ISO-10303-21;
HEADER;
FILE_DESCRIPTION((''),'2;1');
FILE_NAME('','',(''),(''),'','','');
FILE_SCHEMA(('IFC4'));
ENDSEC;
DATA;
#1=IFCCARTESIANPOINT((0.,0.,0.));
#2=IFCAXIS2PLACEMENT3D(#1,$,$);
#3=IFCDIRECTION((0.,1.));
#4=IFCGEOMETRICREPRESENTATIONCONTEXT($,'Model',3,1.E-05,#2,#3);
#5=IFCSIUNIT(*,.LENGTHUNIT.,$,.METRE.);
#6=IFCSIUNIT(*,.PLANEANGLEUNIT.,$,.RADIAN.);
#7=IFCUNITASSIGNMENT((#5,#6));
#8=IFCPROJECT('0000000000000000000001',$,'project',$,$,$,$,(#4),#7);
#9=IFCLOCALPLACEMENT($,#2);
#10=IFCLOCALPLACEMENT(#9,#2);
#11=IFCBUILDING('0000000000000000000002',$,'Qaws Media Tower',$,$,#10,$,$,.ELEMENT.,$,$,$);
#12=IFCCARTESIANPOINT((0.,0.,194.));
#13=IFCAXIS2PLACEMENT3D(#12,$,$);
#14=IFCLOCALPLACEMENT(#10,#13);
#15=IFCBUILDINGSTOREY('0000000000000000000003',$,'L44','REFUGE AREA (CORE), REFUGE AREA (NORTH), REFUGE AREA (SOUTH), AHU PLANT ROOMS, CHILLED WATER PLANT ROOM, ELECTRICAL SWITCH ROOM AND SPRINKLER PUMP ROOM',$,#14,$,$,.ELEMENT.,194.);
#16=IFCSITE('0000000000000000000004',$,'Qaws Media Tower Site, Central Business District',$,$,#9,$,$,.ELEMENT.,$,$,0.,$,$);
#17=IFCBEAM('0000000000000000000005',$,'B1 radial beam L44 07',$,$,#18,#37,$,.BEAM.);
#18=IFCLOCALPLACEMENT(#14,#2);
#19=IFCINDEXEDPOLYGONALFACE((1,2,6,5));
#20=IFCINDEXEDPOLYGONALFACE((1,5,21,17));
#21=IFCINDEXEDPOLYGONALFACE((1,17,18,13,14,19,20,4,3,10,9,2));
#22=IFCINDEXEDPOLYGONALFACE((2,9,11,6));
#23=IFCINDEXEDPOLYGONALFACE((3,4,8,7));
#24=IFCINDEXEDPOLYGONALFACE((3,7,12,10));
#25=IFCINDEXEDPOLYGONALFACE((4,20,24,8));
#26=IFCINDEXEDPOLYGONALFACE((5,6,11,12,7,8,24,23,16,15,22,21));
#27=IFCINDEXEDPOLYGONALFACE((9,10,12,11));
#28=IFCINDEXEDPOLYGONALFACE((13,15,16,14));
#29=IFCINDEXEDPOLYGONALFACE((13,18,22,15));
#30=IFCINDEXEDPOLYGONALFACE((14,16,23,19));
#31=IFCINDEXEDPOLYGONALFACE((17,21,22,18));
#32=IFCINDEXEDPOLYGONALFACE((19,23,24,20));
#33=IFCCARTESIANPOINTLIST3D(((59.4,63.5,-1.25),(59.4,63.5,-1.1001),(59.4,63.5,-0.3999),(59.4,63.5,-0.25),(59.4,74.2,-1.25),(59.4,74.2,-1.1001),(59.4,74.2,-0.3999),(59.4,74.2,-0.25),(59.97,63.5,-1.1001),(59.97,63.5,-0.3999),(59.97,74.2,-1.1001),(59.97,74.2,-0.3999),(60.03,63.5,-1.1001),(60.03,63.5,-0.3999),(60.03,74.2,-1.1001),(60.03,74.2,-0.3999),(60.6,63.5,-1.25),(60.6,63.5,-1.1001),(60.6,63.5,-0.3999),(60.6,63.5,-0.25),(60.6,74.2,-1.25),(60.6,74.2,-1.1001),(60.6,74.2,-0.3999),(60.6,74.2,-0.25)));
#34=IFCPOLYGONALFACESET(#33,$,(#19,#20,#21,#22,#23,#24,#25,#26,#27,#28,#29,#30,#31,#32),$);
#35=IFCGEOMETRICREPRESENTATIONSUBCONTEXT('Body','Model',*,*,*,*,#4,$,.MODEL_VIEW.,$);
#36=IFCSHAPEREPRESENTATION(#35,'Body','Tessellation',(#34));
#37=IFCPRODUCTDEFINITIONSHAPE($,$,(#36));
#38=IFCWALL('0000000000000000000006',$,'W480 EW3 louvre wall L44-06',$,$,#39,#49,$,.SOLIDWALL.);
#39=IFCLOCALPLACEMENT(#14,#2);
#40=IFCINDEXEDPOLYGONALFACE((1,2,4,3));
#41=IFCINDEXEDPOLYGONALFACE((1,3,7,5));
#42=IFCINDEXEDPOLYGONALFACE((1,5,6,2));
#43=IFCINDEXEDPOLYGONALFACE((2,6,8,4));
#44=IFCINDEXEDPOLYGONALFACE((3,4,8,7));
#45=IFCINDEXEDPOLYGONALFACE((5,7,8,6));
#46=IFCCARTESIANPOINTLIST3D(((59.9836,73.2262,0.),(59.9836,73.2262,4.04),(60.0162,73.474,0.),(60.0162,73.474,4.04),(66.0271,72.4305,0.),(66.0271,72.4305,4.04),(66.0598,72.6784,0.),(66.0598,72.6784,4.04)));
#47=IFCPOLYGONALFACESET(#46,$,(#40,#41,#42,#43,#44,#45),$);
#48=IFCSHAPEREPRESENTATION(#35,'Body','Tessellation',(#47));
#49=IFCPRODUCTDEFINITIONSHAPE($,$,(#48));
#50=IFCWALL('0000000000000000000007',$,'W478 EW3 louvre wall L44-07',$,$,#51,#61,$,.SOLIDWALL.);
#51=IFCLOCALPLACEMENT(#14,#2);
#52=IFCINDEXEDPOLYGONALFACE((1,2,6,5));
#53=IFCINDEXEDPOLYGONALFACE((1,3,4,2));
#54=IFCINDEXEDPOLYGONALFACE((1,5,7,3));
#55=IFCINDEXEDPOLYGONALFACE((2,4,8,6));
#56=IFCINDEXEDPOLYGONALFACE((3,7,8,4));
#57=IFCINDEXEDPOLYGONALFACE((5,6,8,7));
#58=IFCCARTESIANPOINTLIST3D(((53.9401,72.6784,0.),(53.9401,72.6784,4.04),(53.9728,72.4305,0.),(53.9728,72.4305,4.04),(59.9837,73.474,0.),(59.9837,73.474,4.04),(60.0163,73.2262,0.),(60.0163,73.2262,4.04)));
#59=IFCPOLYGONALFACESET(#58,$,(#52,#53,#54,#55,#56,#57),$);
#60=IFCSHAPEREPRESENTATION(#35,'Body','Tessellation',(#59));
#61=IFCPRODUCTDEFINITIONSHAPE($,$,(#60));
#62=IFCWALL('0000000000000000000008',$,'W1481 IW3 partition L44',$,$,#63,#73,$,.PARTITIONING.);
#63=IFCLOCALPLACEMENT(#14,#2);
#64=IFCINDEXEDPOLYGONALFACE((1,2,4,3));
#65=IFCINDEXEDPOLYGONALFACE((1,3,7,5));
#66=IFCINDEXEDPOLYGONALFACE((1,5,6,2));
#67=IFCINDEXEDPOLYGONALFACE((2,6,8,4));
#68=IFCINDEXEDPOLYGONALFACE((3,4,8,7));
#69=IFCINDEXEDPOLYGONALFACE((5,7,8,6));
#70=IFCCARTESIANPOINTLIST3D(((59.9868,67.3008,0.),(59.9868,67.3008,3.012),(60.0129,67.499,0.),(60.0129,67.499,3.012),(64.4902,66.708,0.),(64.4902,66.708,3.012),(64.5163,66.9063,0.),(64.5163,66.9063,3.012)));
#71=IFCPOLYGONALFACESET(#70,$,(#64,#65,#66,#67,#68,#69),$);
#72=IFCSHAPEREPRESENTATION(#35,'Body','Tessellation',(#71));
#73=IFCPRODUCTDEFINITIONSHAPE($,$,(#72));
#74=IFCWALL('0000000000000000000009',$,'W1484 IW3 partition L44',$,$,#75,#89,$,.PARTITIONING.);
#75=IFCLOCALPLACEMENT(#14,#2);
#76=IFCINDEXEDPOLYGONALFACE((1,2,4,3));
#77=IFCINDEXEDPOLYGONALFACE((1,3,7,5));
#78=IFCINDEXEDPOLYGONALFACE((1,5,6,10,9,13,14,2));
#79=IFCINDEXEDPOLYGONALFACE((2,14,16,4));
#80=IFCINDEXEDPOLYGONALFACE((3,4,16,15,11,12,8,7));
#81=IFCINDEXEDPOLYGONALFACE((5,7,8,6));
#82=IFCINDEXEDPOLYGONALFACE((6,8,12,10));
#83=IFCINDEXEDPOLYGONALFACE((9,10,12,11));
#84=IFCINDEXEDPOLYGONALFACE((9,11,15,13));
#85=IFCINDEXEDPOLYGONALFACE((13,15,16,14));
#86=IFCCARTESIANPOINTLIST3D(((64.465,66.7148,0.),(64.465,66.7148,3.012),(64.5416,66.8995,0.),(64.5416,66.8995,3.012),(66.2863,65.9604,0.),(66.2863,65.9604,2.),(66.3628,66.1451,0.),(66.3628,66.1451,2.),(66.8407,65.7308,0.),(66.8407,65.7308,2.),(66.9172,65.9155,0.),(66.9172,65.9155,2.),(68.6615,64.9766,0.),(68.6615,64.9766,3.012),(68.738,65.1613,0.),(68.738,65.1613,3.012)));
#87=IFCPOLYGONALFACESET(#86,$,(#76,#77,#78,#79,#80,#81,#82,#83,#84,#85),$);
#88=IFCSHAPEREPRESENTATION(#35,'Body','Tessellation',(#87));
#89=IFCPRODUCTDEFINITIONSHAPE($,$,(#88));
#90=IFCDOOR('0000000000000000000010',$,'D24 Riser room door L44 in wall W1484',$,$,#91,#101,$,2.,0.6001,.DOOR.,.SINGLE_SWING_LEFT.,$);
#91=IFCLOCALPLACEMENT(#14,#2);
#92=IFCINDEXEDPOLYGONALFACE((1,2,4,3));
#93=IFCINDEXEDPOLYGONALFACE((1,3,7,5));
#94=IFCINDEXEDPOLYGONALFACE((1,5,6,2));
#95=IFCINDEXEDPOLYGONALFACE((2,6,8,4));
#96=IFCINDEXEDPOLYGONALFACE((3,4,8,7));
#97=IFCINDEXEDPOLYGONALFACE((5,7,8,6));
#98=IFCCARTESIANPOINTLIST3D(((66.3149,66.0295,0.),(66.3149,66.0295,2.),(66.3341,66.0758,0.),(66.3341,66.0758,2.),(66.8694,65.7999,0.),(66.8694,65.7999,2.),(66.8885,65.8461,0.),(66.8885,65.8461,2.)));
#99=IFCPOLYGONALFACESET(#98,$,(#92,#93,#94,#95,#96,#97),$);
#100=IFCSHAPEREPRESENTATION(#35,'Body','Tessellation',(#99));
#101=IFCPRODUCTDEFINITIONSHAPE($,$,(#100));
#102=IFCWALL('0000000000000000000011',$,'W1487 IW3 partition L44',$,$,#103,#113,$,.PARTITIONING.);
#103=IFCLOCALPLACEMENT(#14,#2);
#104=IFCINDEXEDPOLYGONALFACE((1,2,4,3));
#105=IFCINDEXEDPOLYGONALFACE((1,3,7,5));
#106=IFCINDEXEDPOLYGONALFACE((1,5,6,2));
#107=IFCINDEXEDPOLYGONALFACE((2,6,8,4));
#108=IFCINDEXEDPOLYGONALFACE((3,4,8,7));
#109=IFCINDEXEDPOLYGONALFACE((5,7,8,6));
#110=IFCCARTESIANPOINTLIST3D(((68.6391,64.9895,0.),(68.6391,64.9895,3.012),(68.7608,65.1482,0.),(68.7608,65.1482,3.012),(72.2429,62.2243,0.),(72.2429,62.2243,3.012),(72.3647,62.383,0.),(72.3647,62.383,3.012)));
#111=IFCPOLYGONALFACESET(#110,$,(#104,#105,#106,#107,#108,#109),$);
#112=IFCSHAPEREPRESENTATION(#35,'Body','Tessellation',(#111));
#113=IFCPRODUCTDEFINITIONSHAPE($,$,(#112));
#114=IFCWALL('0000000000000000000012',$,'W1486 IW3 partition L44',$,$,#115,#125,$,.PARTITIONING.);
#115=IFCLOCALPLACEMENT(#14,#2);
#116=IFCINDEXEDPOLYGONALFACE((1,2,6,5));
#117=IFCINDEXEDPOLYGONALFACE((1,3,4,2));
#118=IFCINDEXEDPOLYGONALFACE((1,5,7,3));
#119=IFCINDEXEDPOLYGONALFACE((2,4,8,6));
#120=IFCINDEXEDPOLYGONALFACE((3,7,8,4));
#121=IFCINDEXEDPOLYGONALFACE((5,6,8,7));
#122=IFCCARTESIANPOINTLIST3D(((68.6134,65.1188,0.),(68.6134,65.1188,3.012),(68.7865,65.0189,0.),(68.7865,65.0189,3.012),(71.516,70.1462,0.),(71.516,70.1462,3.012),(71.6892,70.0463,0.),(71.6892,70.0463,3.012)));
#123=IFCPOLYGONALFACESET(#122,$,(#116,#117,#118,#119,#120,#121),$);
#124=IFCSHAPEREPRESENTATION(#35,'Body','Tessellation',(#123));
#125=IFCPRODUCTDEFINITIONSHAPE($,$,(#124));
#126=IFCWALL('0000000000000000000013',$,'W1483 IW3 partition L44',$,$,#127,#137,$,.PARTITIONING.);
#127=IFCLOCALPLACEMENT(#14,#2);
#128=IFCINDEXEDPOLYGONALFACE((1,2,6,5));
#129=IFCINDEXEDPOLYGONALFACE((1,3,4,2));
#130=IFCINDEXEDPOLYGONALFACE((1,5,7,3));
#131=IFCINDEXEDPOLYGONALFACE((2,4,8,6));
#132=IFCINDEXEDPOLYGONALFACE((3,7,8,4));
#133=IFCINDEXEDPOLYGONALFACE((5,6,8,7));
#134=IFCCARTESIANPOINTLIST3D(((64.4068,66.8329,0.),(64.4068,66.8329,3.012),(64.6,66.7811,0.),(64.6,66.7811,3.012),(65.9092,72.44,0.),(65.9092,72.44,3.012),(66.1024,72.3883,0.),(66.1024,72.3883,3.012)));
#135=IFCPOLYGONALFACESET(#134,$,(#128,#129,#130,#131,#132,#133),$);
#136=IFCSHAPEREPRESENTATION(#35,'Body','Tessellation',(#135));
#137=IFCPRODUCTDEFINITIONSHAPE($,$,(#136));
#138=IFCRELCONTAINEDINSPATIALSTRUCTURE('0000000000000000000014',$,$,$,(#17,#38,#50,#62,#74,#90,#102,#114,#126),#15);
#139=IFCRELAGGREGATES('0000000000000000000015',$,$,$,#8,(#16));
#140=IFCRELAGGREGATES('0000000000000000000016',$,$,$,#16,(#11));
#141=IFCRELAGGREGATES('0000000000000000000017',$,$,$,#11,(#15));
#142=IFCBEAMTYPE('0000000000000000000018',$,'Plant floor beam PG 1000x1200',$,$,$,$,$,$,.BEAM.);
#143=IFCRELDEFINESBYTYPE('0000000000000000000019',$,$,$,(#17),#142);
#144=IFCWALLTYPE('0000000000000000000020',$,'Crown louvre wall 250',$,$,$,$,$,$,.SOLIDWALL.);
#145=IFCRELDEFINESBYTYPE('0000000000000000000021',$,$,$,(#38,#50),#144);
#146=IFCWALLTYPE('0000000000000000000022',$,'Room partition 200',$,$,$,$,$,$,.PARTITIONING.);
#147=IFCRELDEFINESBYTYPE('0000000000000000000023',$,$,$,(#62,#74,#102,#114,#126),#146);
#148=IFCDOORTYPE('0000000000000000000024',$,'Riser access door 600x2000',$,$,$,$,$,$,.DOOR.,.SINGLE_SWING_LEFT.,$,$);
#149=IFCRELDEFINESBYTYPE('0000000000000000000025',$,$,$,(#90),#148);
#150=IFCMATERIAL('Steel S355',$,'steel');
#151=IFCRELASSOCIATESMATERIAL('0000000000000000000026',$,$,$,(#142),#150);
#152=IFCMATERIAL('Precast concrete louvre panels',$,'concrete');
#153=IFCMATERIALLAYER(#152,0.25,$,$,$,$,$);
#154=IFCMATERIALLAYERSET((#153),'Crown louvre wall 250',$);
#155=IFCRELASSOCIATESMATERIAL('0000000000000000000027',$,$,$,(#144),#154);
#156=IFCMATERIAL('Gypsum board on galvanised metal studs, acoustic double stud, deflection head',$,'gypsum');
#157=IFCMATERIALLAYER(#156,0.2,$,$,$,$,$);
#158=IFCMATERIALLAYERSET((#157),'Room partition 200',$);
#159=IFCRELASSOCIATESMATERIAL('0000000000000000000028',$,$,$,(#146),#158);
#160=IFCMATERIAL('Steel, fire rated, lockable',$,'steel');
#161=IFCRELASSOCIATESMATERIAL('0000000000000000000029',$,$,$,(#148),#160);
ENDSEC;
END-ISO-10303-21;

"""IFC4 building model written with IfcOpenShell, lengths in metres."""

from ifc_helpers import new_model, si_unit, direction, frame, frame_2d, origin, origin_2d, place, context, subcontext, project, spatial, rectangle, i_section, extrude, material, layer, layer_set, material_profile, profile_set, type_object, element, fill, save


model = new_model("IFC4")

# Units and contexts
model_context = context("Model", 3, precision=1e-05, world=origin(), true_north=direction((0.0, 1.0)))
body_context = subcontext(model_context, "Body", "Model", "MODEL_VIEW")
ifc_project = project(units=[si_unit("LENGTHUNIT", "METRE"), si_unit("PLANEANGLEUNIT", "RADIAN")], contexts=[model_context])

# Site, building, storey
site_placement = place(None, origin())
site = spatial("IfcSite", under=ifc_project, at=site_placement, Name="Qaws Media Tower Site, Central Business District", CompositionType="ELEMENT", RefElevation=0.0)
building_placement = place(site_placement, origin())
building = spatial("IfcBuilding", under=site, at=building_placement, Name="Qaws Media Tower", CompositionType="ELEMENT")
storey_placement = place(building_placement, frame((0.0, 0.0, 194.0)))
storey = spatial("IfcBuildingStorey", under=building, at=storey_placement, Name="L44", Description="REFUGE AREA (CORE), REFUGE AREA (NORTH), REFUGE AREA (SOUTH), AHU PLANT ROOMS, CHILLED WATER PLANT ROOM, ELECTRICAL SWITCH ROOM AND SPRINKLER PUMP ROOM", CompositionType="ELEMENT", Elevation=194.0)

# Beam
ifc_material_1 = material(Name="Steel S355", Category="steel")
ifc_material_profile_1 = material_profile(ifc_material_1, i_section(OverallWidth=1.2, OverallDepth=1.0, WebThickness=0.0601, FlangeThickness=0.1499, at=origin_2d()), Name="PG 1000x1200")
ifc_profile_set_1 = profile_set([ifc_material_profile_1], Name="Steel S355")
beam_type_1 = type_object("IfcBeamType", Name="Plant floor beam PG 1000x1200", PredefinedType="BEAM", material=ifc_profile_set_1)
beam_1_placement = place(storey_placement, frame((60.0, 63.5, -0.75), z_axis=(0.0, 1.0, 0.0), x_axis=(-1.0, 0.0, 0.0)))
element("IfcBeam", 1, at=beam_1_placement, inside=storey, type_object=beam_type_1, Name="B1 radial beam L44 07", PredefinedType="BEAM", context=body_context, shape_type="SweptSolid", body=[
    extrude(i_section(OverallWidth=1.2, OverallDepth=1.0, WebThickness=0.0601, FlangeThickness=0.1499, at=origin_2d()), origin(), (0.0, 0.0, 1.0), 10.7),
])

# Walls
ifc_material_2 = material(Name="Precast concrete louvre panels", Category="concrete")
ifc_layer_1 = layer(ifc_material_2, 0.25)
ifc_layer_set_1 = layer_set([ifc_layer_1], Name="Crown louvre wall 250")
wall_type_1 = type_object("IfcWallType", Name="Crown louvre wall 250", PredefinedType="SOLIDWALL", material=ifc_layer_set_1)
for number, where, z_axis, x_axis, name in (
    (2, (66.0435, 72.5544, 0.0), (0.0, 0.0, 1.0), (-0.991444, 0.130529, 0.0), "W480 EW3 louvre wall L44-06"),
    (3, (60.0, 73.3501, 0.0), (0.0, 0.0, 1.0), (-0.991444, -0.130529, 0.0), "W478 EW3 louvre wall L44-07"),
):
    element("IfcWall", number, at=place(storey_placement, frame(where, z_axis=z_axis, x_axis=x_axis)), inside=storey, type_object=wall_type_1, Name=name, PredefinedType="SOLIDWALL", context=body_context, shape_type="SweptSolid", body=[
        extrude(rectangle(XDim=6.0957, YDim=0.25, at=frame_2d((3.0479, 0.0))), origin(), (0.0, 0.0, 1.0), 4.04),
    ])
ifc_material_3 = material(Name="Gypsum board on galvanised metal studs, acoustic double stud, deflection head", Category="gypsum")
ifc_layer_2 = layer(ifc_material_3, 0.2)
ifc_layer_set_2 = layer_set([ifc_layer_2], Name="Room partition 200")
wall_type_2 = type_object("IfcWallType", Name="Room partition 200", PredefinedType="PARTITIONING", material=ifc_layer_set_2)
wall_1_placement = place(storey_placement, frame((60.0, 67.3999, 0.0), z_axis=(0.0, 0.0, 1.0), x_axis=(0.991448, -0.130502, 0.0)))
element("IfcWall", 4, at=wall_1_placement, inside=storey, type_object=wall_type_2, Name="W1481 IW3 partition L44", PredefinedType="PARTITIONING", context=body_context, shape_type="SweptSolid", body=[
    extrude(rectangle(XDim=4.5422, YDim=0.2, at=frame_2d((2.271, 0.0))), origin(), (0.0, 0.0, 1.0), 3.012),
])

# Wall, opening, door
wall_2_placement = place(storey_placement, frame((64.5034, 66.8071, 0.0), z_axis=(0.0, 0.0, 1.0), x_axis=(0.923878, -0.382687, 0.0)))
wall_2 = element("IfcWall", 5, at=wall_2_placement, inside=storey, type_object=wall_type_2, Name="W1484 IW3 partition L44", PredefinedType="PARTITIONING", context=body_context, shape_type="SweptSolid", body=[
    extrude(rectangle(XDim=4.5422, YDim=0.2, at=frame_2d((2.271, 0.0))), origin(), (0.0, 0.0, 1.0), 3.012),
])
opening_placement = place(wall_2_placement, frame((1.9712, 0.0, 0.0)))
opening = element("IfcOpeningElement", 6, at=opening_placement, cuts=wall_2, PredefinedType="OPENING", context=body_context, shape_type="SweptSolid", body=[
    extrude(rectangle(XDim=0.6001, YDim=2.0, at=frame_2d((0.3, 1.0))), frame((0.0, 0.1099, 0.0), z_axis=(0.0, -1.0, 0.0), x_axis=(1.0, 0.0, 0.0)), (0.0, 0.0, 1.0), 0.22),
])
ifc_material_4 = material(Name="Steel, fire rated, lockable", Category="steel")
door_type = type_object("IfcDoorType", Name="Riser access door 600x2000", OperationType="SINGLE_SWING_LEFT", PredefinedType="DOOR", material=ifc_material_4)
door_placement = place(opening_placement, origin())
door = element("IfcDoor", 7, at=door_placement, inside=storey, type_object=door_type, Name="D24 Riser room door L44 in wall W1484", OperationType="SINGLE_SWING_LEFT", OverallHeight=2.0, OverallWidth=0.6001, PredefinedType="DOOR", context=body_context, shape_type="SweptSolid", body=[
    extrude(rectangle(XDim=0.6001, YDim=2.0, at=frame_2d((0.3, 1.0))), frame((0.0, 0.0249, 0.0), z_axis=(0.0, -1.0, 0.0), x_axis=(1.0, 0.0, 0.0)), (0.0, 0.0, 1.0), 0.05),
])
fill(opening, door)

# Walls
wall_3_placement = place(storey_placement, frame((68.7, 65.0688, 0.0), z_axis=(0.0, 0.0, 1.0), x_axis=(0.793367, -0.608744, 0.0)))
element("IfcWall", 8, at=wall_3_placement, inside=storey, type_object=wall_type_2, Name="W1487 IW3 partition L44", PredefinedType="PARTITIONING", context=body_context, shape_type="SweptSolid", body=[
    extrude(rectangle(XDim=4.5425, YDim=0.2, at=frame_2d((2.2712, 0.0))), origin(), (0.0, 0.0, 1.0), 3.012),
])
wall_4_placement = place(storey_placement, frame((68.7, 65.0688, 0.0), z_axis=(0.0, 0.0, 1.0), x_axis=(0.500006, 0.866022, 0.0)))
element("IfcWall", 9, at=wall_4_placement, inside=storey, type_object=wall_type_2, Name="W1486 IW3 partition L44", PredefinedType="PARTITIONING", context=body_context, shape_type="SweptSolid", body=[
    extrude(rectangle(XDim=5.8052, YDim=0.2, at=frame_2d((2.9026, 0.0))), origin(), (0.0, 0.0, 1.0), 3.012),
])
wall_5_placement = place(storey_placement, frame((64.5034, 66.8071, 0.0), z_axis=(0.0, 0.0, 1.0), x_axis=(0.258819, 0.965926, 0.0)))
element("IfcWall", 10, at=wall_5_placement, inside=storey, type_object=wall_type_2, Name="W1483 IW3 partition L44", PredefinedType="PARTITIONING", context=body_context, shape_type="SweptSolid", body=[
    extrude(rectangle(XDim=5.8049, YDim=0.2, at=frame_2d((2.9023, 0.0))), origin(), (0.0, 0.0, 1.0), 3.012),
])

save(model, "model.ifc")
